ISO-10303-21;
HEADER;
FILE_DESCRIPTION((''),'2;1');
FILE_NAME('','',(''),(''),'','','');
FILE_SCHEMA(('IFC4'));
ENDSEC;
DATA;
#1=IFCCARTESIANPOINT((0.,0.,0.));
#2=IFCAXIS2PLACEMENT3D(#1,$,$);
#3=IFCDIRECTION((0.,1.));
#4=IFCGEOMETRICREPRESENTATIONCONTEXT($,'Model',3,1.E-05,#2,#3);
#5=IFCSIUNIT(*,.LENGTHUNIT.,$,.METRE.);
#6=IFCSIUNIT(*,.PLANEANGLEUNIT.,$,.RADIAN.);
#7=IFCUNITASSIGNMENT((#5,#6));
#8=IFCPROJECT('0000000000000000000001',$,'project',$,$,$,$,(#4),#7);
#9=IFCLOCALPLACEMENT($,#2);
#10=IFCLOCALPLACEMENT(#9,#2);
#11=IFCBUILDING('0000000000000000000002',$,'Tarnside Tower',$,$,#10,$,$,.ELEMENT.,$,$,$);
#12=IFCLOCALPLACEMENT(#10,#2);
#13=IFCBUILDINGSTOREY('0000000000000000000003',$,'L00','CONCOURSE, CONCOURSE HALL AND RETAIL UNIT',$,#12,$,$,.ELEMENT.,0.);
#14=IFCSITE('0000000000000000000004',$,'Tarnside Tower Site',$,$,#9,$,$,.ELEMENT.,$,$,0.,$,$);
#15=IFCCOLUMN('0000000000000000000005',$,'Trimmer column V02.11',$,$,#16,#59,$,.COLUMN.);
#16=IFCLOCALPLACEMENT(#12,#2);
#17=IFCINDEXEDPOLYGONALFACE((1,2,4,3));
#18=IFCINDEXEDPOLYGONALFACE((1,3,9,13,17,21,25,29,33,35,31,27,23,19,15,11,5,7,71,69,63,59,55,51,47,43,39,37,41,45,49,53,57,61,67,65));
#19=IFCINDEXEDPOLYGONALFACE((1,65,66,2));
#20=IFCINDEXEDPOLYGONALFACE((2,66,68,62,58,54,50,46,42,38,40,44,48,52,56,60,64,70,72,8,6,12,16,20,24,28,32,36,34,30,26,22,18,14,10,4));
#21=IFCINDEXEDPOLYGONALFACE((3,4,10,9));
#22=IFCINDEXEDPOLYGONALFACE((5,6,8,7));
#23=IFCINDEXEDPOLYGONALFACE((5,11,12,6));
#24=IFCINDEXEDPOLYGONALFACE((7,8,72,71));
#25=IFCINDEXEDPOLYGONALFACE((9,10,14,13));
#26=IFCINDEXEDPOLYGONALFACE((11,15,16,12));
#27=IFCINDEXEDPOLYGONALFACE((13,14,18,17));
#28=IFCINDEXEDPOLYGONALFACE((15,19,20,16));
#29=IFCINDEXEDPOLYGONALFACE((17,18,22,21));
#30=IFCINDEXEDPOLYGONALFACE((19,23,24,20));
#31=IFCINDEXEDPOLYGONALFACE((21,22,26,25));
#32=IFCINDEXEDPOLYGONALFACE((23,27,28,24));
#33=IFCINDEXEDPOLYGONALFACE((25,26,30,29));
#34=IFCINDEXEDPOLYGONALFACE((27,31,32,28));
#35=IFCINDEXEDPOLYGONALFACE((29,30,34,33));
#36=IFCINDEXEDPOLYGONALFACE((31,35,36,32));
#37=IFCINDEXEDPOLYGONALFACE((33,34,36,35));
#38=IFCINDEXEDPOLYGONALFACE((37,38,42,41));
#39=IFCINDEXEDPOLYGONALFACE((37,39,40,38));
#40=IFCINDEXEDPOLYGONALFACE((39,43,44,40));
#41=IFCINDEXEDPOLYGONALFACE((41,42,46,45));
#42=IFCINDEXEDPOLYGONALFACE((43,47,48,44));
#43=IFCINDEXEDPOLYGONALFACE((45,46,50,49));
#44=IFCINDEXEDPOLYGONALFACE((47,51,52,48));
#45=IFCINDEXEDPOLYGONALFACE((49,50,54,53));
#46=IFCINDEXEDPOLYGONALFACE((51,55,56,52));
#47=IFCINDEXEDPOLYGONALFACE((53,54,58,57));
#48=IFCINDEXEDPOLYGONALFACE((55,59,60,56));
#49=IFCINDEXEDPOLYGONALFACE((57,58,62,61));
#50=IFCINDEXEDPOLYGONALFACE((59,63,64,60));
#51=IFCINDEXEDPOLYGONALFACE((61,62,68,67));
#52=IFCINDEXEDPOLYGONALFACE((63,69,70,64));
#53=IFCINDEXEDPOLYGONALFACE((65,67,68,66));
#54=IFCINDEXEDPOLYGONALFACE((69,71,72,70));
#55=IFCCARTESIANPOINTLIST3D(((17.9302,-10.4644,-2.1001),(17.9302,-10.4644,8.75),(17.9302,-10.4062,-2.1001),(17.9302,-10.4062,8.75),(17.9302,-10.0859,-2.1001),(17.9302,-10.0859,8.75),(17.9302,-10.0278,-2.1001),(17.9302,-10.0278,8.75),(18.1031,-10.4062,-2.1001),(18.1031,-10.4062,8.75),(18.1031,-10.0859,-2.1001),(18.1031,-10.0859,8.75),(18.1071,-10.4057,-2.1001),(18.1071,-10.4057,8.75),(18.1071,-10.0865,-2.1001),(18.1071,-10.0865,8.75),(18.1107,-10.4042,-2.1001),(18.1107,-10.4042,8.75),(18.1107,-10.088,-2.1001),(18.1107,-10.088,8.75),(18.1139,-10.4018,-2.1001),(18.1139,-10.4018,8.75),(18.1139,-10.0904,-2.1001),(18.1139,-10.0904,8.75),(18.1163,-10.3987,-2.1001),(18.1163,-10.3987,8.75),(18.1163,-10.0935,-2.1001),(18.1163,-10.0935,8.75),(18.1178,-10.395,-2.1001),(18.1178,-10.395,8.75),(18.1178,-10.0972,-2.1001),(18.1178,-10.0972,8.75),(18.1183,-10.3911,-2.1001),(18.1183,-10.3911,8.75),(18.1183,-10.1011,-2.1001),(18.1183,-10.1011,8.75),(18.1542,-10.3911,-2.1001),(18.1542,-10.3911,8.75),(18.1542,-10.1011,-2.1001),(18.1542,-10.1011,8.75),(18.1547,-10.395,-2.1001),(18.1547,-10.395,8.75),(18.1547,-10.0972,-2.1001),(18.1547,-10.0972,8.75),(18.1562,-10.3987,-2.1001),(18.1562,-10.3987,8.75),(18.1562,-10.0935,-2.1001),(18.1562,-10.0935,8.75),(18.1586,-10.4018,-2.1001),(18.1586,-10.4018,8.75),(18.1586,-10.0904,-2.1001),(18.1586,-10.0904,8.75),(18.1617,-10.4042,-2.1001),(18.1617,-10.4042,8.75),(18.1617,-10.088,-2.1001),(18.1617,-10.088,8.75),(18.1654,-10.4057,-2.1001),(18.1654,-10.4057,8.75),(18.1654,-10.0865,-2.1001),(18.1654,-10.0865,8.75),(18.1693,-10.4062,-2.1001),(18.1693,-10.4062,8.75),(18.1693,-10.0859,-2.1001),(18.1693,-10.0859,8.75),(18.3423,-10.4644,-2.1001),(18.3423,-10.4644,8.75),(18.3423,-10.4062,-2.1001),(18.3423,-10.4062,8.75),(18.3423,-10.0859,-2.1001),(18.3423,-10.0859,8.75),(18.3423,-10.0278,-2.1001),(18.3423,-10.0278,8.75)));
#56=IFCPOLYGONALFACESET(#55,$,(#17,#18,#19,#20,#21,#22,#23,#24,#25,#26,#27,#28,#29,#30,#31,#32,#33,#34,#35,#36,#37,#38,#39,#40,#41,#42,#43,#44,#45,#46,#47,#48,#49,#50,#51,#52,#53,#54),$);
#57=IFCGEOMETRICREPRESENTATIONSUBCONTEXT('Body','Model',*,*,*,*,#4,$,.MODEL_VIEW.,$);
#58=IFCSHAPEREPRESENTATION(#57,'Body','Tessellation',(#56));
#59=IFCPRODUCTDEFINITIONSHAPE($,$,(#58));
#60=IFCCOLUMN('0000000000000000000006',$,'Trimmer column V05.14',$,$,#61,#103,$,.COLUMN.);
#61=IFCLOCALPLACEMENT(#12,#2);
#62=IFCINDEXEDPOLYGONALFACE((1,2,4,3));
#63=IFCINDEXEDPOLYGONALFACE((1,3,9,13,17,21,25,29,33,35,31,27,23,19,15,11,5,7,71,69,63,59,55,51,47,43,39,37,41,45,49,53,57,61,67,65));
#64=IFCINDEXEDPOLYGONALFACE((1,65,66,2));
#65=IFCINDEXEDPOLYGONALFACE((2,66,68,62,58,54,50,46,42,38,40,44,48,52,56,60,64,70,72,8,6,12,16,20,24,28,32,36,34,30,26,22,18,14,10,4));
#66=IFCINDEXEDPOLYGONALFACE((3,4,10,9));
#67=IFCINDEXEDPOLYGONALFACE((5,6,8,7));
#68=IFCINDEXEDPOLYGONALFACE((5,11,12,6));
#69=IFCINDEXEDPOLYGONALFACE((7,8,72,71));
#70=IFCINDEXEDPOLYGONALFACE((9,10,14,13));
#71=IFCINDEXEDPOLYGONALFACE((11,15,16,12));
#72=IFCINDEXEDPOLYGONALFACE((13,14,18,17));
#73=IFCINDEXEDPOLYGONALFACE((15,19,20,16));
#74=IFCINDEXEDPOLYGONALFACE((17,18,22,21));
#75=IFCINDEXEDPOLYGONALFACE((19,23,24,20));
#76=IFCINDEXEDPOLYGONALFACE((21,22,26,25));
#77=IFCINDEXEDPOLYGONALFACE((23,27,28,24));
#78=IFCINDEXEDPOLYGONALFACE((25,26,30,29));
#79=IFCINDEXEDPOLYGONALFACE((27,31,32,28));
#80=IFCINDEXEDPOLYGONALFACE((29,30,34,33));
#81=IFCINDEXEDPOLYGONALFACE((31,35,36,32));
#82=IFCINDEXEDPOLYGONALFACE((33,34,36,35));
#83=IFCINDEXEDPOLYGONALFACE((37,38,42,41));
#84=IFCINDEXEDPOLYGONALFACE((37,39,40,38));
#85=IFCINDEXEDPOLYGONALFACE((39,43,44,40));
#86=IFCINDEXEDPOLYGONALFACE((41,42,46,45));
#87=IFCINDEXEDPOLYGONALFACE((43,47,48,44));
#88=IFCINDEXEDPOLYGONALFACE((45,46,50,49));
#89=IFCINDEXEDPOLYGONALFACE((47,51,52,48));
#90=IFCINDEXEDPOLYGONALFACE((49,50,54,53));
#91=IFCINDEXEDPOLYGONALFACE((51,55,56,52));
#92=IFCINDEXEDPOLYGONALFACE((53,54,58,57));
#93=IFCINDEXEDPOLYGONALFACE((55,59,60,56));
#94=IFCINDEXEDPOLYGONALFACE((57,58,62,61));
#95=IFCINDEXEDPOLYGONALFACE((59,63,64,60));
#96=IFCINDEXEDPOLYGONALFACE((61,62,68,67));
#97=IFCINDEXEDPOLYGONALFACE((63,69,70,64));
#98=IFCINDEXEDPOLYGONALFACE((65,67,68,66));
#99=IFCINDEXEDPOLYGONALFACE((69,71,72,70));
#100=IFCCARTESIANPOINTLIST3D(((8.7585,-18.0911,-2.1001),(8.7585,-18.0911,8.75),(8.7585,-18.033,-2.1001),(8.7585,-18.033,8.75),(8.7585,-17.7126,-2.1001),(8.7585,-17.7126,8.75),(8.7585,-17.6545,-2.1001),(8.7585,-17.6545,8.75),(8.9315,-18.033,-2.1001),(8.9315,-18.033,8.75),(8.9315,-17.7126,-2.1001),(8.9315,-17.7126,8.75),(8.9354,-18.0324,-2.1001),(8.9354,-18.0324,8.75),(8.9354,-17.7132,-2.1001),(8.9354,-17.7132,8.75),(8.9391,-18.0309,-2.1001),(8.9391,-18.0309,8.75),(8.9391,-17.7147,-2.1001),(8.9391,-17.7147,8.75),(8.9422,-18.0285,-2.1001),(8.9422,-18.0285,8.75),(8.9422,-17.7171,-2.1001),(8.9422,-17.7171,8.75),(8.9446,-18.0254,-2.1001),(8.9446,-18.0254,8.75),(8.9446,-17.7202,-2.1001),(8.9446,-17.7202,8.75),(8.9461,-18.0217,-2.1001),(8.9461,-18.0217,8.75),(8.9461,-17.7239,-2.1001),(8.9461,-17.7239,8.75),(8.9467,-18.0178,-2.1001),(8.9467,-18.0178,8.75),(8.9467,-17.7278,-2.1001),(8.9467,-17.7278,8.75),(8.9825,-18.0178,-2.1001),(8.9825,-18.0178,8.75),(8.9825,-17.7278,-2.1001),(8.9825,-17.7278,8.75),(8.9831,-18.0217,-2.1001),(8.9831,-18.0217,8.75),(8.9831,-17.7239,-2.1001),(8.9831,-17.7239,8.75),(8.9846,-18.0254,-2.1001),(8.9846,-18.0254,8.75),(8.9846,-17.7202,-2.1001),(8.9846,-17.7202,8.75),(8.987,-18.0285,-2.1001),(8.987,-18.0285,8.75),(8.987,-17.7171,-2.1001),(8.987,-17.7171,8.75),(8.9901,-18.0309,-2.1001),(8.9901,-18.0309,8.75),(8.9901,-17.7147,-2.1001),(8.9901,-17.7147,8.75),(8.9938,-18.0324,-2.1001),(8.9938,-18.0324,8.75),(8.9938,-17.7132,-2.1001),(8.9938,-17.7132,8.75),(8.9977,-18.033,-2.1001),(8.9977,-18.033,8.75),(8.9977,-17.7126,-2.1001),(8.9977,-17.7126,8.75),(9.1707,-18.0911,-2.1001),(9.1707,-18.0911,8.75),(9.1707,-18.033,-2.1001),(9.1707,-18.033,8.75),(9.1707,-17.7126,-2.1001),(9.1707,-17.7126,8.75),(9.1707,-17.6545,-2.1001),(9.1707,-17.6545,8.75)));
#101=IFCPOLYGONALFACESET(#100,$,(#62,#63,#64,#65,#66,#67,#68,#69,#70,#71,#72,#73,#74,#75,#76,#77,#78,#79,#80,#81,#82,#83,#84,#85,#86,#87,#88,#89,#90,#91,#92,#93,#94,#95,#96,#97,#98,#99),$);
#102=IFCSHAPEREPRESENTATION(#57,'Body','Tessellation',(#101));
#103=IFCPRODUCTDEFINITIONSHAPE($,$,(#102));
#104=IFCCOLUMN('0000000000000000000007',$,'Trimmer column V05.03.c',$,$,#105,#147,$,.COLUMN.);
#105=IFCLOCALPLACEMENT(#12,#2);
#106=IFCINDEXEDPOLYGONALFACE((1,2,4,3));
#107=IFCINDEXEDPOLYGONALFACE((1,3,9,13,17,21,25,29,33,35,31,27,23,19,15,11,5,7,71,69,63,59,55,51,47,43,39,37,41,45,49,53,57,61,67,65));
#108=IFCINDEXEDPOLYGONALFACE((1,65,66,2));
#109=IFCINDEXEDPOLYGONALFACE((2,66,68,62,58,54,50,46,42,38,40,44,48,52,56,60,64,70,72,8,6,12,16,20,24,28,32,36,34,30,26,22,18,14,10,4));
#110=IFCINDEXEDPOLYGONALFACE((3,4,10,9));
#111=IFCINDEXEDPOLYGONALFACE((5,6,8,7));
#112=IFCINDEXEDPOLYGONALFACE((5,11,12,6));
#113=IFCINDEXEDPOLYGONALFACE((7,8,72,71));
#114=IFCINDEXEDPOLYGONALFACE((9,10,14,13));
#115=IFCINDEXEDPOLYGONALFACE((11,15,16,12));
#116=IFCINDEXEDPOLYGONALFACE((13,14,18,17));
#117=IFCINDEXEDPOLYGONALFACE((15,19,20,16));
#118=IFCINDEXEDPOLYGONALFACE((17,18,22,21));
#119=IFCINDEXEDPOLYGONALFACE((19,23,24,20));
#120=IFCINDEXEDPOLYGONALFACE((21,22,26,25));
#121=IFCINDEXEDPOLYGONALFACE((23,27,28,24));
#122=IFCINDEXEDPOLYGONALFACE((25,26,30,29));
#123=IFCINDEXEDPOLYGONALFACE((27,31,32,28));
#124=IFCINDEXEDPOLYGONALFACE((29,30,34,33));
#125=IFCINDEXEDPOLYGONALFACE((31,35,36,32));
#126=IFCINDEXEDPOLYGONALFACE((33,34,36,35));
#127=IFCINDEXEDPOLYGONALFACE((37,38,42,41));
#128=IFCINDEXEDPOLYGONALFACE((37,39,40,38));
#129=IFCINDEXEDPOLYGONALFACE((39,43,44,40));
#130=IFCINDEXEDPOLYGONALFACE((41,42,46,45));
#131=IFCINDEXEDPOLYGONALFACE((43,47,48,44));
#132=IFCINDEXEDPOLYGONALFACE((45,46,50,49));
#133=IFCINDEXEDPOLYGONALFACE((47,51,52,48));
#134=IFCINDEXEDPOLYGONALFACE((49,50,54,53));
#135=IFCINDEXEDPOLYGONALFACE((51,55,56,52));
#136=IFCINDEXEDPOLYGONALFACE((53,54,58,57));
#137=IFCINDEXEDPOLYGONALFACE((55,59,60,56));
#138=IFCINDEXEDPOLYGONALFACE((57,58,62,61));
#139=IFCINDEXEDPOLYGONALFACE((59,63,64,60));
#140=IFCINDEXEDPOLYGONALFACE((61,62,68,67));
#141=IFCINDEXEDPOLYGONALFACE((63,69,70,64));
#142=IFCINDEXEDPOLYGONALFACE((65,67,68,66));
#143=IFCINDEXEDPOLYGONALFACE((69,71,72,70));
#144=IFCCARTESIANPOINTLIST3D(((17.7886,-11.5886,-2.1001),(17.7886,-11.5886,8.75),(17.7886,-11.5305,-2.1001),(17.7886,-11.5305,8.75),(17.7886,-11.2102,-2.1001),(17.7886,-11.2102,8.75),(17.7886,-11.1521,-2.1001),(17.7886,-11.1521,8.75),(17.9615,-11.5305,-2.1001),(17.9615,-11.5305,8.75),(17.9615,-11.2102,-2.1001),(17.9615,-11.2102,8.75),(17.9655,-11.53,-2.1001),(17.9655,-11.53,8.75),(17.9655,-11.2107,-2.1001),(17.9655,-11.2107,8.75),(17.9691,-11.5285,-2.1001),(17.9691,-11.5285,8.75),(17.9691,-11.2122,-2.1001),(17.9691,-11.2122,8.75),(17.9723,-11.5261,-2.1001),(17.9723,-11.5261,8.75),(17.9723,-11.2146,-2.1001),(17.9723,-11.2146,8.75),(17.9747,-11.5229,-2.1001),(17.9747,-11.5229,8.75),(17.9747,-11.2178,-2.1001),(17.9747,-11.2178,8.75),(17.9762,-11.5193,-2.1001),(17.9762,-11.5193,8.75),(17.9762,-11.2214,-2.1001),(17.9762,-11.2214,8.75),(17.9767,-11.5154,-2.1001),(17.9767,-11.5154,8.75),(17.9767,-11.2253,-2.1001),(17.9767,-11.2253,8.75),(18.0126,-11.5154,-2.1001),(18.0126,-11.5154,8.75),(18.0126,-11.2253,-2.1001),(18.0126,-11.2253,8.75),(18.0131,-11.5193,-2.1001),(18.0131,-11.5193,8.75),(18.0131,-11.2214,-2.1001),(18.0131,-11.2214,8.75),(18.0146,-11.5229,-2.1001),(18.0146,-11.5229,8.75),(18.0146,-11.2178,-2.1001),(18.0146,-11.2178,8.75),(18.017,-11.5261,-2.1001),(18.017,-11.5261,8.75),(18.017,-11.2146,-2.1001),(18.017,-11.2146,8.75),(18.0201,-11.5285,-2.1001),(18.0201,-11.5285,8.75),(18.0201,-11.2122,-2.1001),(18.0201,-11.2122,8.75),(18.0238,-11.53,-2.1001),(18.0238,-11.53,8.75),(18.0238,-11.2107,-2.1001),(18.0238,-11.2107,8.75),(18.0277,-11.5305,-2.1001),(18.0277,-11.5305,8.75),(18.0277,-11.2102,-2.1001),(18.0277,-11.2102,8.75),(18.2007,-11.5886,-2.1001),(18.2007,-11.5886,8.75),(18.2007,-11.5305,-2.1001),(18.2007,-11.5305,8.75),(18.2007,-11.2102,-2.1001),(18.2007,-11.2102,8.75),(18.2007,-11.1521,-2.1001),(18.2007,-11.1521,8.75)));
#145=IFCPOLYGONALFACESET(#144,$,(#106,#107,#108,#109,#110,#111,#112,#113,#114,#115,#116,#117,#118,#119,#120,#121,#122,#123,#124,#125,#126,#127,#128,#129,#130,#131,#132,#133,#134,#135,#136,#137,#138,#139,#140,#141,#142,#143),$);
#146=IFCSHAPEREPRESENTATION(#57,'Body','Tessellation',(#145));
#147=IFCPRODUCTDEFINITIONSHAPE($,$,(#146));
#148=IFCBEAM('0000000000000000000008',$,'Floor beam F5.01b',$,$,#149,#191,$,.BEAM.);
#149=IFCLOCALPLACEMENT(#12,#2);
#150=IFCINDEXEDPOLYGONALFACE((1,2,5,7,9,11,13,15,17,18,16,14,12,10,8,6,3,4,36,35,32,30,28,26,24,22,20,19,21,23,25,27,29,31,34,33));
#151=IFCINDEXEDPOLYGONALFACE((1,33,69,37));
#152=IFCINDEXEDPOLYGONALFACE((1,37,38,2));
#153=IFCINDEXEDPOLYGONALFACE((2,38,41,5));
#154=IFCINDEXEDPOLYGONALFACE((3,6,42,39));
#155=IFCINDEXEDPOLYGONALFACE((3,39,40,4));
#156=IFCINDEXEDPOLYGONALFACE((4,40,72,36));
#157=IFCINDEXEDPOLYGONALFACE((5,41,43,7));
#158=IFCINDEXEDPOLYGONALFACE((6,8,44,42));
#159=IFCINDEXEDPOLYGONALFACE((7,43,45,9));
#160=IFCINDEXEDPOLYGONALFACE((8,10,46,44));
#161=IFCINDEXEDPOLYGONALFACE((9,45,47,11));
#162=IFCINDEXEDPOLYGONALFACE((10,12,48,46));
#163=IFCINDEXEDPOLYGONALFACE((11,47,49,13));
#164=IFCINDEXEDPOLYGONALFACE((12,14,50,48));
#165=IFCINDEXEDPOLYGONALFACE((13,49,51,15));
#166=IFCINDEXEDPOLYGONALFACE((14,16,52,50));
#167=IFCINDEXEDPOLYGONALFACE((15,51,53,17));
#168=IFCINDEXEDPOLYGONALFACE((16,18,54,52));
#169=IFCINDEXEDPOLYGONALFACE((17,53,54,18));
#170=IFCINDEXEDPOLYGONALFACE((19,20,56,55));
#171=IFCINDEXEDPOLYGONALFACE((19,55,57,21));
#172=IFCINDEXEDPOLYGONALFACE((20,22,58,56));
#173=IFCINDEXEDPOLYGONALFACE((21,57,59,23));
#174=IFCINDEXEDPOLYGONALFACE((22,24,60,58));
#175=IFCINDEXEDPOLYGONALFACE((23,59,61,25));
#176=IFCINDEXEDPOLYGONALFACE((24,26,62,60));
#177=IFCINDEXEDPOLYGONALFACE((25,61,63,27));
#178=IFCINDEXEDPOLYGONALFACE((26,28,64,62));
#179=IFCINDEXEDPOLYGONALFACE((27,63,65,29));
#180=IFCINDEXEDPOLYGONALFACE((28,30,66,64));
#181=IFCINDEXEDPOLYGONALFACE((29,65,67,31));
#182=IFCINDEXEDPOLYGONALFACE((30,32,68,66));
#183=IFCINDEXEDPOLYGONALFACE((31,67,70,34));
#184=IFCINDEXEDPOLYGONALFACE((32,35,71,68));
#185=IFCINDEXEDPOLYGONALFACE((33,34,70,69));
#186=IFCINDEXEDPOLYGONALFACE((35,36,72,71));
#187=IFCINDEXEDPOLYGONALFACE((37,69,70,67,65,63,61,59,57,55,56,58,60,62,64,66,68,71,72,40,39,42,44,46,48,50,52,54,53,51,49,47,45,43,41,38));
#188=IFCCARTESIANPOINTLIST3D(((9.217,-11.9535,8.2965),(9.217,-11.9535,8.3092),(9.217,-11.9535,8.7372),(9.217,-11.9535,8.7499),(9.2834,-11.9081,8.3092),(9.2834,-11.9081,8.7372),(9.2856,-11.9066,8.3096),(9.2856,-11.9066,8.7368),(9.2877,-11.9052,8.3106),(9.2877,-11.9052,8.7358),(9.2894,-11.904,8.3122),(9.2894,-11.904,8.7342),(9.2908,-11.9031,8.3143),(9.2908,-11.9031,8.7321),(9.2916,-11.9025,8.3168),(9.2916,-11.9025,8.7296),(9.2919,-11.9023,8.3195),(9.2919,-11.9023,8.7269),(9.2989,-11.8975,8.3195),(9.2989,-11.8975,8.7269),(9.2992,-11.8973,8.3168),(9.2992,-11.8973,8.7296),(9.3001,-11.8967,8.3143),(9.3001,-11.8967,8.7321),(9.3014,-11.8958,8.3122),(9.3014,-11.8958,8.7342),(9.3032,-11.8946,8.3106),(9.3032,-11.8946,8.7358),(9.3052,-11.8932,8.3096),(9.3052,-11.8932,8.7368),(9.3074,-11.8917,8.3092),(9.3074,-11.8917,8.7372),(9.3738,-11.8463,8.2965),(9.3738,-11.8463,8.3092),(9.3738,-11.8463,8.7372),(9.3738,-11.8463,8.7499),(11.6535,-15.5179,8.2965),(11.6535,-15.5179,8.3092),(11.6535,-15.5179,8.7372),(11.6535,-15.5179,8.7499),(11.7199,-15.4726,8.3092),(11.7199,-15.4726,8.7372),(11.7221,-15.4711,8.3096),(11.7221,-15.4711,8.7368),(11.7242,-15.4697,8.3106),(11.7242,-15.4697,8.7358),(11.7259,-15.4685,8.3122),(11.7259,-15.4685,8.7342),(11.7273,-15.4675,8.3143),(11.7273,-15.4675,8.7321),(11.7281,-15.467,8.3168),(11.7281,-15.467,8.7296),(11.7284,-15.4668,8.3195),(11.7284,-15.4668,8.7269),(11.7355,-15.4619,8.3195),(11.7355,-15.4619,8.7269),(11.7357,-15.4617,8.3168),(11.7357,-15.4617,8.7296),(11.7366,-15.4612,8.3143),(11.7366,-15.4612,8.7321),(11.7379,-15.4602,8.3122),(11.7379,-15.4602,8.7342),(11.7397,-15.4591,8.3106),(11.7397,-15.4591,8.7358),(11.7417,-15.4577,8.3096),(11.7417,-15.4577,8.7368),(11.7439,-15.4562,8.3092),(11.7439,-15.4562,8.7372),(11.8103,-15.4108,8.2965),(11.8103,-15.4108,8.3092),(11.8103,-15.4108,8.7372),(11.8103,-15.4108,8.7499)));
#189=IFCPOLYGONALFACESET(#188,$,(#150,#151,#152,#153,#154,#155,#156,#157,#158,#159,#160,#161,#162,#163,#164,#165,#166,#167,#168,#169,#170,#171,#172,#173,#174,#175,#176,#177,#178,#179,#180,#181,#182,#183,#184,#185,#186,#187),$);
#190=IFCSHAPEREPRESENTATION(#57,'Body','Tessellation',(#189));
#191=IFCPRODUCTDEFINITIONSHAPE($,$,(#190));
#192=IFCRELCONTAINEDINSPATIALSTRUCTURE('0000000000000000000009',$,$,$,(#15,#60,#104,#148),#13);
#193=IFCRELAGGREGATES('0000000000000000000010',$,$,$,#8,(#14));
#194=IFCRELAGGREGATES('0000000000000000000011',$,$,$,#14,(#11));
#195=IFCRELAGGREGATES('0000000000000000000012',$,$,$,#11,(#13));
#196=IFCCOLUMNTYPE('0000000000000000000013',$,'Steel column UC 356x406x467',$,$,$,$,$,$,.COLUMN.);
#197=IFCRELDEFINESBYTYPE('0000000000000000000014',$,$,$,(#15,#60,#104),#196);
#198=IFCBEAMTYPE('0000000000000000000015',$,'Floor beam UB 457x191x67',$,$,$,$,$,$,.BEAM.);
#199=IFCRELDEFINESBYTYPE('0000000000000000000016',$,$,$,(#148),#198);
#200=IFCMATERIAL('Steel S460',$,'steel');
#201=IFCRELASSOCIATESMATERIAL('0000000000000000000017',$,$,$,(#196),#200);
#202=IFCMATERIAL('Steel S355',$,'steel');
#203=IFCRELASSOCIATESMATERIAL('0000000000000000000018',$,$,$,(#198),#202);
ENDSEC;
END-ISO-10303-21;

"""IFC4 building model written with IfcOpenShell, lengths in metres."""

from ifc_helpers import new_model, si_unit, direction, frame, origin, origin_2d, place, context, subcontext, project, spatial, i_section, extrude, material, material_profile, profile_set, type_object, element, save


model = new_model("IFC4")

# Units and contexts
model_context = context("Model", 3, precision=1e-05, world=origin(), true_north=direction((0.0, 1.0)))
body_context = subcontext(model_context, "Body", "Model", "MODEL_VIEW")
ifc_project = project(units=[si_unit("LENGTHUNIT", "METRE"), si_unit("PLANEANGLEUNIT", "RADIAN")], contexts=[model_context])

# Site, building, storey
site_placement = place(None, origin())
site = spatial("IfcSite", under=ifc_project, at=site_placement, Name="Tarnside Tower Site", CompositionType="ELEMENT", RefElevation=0.0)
building_placement = place(site_placement, origin())
building = spatial("IfcBuilding", under=site, at=building_placement, Name="Tarnside Tower", CompositionType="ELEMENT")
storey_placement = place(building_placement, origin())
storey = spatial("IfcBuildingStorey", under=building, at=storey_placement, Name="L00", Description="CONCOURSE, CONCOURSE HALL AND RETAIL UNIT", CompositionType="ELEMENT", Elevation=0.0)

# Columns
ifc_material_1 = material(Name="Steel S460", Category="steel")
ifc_material_profile_1 = material_profile(ifc_material_1, i_section(OverallWidth=0.4121, OverallDepth=0.4365, WebThickness=0.0359, FlangeThickness=0.0581, FilletRadius=0.0151, at=origin_2d()), Name="UC 356x406x467")
ifc_profile_set_1 = profile_set([ifc_material_profile_1], Name="Steel S460")
column_type = type_object("IfcColumnType", Name="Steel column UC 356x406x467", PredefinedType="COLUMN", material=ifc_profile_set_1)
for number, where, z_axis, x_axis, name in (
    (1, (18.1362, -10.2461, -2.1001), (0.0, 0.0, 1.0), (1.0, 0.0, 0.0), "Trimmer column V02.11"),
    (2, (8.9646, -17.8728, -2.1001), (0.0, 0.0, 1.0), (1.0, 0.0, 0.0), "Trimmer column V05.14"),
    (3, (17.9946, -11.3704, -2.1001), (0.0, 0.0, 1.0), (1.0, 0.0, 0.0), "Trimmer column V05.03.c"),
):
    element("IfcColumn", number, at=place(storey_placement, frame(where, z_axis=z_axis, x_axis=x_axis)), inside=storey, type_object=column_type, Name=name, PredefinedType="COLUMN", context=body_context, shape_type="SweptSolid", body=[
        extrude(i_section(OverallWidth=0.4121, OverallDepth=0.4365, WebThickness=0.0359, FlangeThickness=0.0581, FilletRadius=0.0151, at=origin_2d()), origin(), (0.0, 0.0, 1.0), 10.8501),
    ])

# Beam
ifc_material_2 = material(Name="Steel S355", Category="steel")
ifc_material_profile_2 = material_profile(ifc_material_2, i_section(OverallWidth=0.1899, OverallDepth=0.4534, WebThickness=0.0085, FlangeThickness=0.0127, FilletRadius=0.0103, at=origin_2d()), Name="UB 457x191x67")
ifc_profile_set_2 = profile_set([ifc_material_profile_2], Name="Steel S355")
beam_type_1 = type_object("IfcBeamType", Name="Floor beam UB 457x191x67", PredefinedType="BEAM", material=ifc_profile_set_2)
beam_1_placement = place(storey_placement, frame((11.7319, -15.4644, 8.5232), z_axis=(-0.564319, 0.825557, 0.0), x_axis=(-0.825557, -0.564319, 0.0)))
element("IfcBeam", 4, at=beam_1_placement, inside=storey, type_object=beam_type_1, Name="Floor beam F5.01b", PredefinedType="BEAM", context=body_context, shape_type="SweptSolid", body=[
    extrude(i_section(OverallWidth=0.1899, OverallDepth=0.4534, WebThickness=0.0085, FlangeThickness=0.0127, FilletRadius=0.0103, at=origin_2d()), origin(), (0.0, 0.0, 1.0), 4.3176),
])

save(model, "model.ifc")
